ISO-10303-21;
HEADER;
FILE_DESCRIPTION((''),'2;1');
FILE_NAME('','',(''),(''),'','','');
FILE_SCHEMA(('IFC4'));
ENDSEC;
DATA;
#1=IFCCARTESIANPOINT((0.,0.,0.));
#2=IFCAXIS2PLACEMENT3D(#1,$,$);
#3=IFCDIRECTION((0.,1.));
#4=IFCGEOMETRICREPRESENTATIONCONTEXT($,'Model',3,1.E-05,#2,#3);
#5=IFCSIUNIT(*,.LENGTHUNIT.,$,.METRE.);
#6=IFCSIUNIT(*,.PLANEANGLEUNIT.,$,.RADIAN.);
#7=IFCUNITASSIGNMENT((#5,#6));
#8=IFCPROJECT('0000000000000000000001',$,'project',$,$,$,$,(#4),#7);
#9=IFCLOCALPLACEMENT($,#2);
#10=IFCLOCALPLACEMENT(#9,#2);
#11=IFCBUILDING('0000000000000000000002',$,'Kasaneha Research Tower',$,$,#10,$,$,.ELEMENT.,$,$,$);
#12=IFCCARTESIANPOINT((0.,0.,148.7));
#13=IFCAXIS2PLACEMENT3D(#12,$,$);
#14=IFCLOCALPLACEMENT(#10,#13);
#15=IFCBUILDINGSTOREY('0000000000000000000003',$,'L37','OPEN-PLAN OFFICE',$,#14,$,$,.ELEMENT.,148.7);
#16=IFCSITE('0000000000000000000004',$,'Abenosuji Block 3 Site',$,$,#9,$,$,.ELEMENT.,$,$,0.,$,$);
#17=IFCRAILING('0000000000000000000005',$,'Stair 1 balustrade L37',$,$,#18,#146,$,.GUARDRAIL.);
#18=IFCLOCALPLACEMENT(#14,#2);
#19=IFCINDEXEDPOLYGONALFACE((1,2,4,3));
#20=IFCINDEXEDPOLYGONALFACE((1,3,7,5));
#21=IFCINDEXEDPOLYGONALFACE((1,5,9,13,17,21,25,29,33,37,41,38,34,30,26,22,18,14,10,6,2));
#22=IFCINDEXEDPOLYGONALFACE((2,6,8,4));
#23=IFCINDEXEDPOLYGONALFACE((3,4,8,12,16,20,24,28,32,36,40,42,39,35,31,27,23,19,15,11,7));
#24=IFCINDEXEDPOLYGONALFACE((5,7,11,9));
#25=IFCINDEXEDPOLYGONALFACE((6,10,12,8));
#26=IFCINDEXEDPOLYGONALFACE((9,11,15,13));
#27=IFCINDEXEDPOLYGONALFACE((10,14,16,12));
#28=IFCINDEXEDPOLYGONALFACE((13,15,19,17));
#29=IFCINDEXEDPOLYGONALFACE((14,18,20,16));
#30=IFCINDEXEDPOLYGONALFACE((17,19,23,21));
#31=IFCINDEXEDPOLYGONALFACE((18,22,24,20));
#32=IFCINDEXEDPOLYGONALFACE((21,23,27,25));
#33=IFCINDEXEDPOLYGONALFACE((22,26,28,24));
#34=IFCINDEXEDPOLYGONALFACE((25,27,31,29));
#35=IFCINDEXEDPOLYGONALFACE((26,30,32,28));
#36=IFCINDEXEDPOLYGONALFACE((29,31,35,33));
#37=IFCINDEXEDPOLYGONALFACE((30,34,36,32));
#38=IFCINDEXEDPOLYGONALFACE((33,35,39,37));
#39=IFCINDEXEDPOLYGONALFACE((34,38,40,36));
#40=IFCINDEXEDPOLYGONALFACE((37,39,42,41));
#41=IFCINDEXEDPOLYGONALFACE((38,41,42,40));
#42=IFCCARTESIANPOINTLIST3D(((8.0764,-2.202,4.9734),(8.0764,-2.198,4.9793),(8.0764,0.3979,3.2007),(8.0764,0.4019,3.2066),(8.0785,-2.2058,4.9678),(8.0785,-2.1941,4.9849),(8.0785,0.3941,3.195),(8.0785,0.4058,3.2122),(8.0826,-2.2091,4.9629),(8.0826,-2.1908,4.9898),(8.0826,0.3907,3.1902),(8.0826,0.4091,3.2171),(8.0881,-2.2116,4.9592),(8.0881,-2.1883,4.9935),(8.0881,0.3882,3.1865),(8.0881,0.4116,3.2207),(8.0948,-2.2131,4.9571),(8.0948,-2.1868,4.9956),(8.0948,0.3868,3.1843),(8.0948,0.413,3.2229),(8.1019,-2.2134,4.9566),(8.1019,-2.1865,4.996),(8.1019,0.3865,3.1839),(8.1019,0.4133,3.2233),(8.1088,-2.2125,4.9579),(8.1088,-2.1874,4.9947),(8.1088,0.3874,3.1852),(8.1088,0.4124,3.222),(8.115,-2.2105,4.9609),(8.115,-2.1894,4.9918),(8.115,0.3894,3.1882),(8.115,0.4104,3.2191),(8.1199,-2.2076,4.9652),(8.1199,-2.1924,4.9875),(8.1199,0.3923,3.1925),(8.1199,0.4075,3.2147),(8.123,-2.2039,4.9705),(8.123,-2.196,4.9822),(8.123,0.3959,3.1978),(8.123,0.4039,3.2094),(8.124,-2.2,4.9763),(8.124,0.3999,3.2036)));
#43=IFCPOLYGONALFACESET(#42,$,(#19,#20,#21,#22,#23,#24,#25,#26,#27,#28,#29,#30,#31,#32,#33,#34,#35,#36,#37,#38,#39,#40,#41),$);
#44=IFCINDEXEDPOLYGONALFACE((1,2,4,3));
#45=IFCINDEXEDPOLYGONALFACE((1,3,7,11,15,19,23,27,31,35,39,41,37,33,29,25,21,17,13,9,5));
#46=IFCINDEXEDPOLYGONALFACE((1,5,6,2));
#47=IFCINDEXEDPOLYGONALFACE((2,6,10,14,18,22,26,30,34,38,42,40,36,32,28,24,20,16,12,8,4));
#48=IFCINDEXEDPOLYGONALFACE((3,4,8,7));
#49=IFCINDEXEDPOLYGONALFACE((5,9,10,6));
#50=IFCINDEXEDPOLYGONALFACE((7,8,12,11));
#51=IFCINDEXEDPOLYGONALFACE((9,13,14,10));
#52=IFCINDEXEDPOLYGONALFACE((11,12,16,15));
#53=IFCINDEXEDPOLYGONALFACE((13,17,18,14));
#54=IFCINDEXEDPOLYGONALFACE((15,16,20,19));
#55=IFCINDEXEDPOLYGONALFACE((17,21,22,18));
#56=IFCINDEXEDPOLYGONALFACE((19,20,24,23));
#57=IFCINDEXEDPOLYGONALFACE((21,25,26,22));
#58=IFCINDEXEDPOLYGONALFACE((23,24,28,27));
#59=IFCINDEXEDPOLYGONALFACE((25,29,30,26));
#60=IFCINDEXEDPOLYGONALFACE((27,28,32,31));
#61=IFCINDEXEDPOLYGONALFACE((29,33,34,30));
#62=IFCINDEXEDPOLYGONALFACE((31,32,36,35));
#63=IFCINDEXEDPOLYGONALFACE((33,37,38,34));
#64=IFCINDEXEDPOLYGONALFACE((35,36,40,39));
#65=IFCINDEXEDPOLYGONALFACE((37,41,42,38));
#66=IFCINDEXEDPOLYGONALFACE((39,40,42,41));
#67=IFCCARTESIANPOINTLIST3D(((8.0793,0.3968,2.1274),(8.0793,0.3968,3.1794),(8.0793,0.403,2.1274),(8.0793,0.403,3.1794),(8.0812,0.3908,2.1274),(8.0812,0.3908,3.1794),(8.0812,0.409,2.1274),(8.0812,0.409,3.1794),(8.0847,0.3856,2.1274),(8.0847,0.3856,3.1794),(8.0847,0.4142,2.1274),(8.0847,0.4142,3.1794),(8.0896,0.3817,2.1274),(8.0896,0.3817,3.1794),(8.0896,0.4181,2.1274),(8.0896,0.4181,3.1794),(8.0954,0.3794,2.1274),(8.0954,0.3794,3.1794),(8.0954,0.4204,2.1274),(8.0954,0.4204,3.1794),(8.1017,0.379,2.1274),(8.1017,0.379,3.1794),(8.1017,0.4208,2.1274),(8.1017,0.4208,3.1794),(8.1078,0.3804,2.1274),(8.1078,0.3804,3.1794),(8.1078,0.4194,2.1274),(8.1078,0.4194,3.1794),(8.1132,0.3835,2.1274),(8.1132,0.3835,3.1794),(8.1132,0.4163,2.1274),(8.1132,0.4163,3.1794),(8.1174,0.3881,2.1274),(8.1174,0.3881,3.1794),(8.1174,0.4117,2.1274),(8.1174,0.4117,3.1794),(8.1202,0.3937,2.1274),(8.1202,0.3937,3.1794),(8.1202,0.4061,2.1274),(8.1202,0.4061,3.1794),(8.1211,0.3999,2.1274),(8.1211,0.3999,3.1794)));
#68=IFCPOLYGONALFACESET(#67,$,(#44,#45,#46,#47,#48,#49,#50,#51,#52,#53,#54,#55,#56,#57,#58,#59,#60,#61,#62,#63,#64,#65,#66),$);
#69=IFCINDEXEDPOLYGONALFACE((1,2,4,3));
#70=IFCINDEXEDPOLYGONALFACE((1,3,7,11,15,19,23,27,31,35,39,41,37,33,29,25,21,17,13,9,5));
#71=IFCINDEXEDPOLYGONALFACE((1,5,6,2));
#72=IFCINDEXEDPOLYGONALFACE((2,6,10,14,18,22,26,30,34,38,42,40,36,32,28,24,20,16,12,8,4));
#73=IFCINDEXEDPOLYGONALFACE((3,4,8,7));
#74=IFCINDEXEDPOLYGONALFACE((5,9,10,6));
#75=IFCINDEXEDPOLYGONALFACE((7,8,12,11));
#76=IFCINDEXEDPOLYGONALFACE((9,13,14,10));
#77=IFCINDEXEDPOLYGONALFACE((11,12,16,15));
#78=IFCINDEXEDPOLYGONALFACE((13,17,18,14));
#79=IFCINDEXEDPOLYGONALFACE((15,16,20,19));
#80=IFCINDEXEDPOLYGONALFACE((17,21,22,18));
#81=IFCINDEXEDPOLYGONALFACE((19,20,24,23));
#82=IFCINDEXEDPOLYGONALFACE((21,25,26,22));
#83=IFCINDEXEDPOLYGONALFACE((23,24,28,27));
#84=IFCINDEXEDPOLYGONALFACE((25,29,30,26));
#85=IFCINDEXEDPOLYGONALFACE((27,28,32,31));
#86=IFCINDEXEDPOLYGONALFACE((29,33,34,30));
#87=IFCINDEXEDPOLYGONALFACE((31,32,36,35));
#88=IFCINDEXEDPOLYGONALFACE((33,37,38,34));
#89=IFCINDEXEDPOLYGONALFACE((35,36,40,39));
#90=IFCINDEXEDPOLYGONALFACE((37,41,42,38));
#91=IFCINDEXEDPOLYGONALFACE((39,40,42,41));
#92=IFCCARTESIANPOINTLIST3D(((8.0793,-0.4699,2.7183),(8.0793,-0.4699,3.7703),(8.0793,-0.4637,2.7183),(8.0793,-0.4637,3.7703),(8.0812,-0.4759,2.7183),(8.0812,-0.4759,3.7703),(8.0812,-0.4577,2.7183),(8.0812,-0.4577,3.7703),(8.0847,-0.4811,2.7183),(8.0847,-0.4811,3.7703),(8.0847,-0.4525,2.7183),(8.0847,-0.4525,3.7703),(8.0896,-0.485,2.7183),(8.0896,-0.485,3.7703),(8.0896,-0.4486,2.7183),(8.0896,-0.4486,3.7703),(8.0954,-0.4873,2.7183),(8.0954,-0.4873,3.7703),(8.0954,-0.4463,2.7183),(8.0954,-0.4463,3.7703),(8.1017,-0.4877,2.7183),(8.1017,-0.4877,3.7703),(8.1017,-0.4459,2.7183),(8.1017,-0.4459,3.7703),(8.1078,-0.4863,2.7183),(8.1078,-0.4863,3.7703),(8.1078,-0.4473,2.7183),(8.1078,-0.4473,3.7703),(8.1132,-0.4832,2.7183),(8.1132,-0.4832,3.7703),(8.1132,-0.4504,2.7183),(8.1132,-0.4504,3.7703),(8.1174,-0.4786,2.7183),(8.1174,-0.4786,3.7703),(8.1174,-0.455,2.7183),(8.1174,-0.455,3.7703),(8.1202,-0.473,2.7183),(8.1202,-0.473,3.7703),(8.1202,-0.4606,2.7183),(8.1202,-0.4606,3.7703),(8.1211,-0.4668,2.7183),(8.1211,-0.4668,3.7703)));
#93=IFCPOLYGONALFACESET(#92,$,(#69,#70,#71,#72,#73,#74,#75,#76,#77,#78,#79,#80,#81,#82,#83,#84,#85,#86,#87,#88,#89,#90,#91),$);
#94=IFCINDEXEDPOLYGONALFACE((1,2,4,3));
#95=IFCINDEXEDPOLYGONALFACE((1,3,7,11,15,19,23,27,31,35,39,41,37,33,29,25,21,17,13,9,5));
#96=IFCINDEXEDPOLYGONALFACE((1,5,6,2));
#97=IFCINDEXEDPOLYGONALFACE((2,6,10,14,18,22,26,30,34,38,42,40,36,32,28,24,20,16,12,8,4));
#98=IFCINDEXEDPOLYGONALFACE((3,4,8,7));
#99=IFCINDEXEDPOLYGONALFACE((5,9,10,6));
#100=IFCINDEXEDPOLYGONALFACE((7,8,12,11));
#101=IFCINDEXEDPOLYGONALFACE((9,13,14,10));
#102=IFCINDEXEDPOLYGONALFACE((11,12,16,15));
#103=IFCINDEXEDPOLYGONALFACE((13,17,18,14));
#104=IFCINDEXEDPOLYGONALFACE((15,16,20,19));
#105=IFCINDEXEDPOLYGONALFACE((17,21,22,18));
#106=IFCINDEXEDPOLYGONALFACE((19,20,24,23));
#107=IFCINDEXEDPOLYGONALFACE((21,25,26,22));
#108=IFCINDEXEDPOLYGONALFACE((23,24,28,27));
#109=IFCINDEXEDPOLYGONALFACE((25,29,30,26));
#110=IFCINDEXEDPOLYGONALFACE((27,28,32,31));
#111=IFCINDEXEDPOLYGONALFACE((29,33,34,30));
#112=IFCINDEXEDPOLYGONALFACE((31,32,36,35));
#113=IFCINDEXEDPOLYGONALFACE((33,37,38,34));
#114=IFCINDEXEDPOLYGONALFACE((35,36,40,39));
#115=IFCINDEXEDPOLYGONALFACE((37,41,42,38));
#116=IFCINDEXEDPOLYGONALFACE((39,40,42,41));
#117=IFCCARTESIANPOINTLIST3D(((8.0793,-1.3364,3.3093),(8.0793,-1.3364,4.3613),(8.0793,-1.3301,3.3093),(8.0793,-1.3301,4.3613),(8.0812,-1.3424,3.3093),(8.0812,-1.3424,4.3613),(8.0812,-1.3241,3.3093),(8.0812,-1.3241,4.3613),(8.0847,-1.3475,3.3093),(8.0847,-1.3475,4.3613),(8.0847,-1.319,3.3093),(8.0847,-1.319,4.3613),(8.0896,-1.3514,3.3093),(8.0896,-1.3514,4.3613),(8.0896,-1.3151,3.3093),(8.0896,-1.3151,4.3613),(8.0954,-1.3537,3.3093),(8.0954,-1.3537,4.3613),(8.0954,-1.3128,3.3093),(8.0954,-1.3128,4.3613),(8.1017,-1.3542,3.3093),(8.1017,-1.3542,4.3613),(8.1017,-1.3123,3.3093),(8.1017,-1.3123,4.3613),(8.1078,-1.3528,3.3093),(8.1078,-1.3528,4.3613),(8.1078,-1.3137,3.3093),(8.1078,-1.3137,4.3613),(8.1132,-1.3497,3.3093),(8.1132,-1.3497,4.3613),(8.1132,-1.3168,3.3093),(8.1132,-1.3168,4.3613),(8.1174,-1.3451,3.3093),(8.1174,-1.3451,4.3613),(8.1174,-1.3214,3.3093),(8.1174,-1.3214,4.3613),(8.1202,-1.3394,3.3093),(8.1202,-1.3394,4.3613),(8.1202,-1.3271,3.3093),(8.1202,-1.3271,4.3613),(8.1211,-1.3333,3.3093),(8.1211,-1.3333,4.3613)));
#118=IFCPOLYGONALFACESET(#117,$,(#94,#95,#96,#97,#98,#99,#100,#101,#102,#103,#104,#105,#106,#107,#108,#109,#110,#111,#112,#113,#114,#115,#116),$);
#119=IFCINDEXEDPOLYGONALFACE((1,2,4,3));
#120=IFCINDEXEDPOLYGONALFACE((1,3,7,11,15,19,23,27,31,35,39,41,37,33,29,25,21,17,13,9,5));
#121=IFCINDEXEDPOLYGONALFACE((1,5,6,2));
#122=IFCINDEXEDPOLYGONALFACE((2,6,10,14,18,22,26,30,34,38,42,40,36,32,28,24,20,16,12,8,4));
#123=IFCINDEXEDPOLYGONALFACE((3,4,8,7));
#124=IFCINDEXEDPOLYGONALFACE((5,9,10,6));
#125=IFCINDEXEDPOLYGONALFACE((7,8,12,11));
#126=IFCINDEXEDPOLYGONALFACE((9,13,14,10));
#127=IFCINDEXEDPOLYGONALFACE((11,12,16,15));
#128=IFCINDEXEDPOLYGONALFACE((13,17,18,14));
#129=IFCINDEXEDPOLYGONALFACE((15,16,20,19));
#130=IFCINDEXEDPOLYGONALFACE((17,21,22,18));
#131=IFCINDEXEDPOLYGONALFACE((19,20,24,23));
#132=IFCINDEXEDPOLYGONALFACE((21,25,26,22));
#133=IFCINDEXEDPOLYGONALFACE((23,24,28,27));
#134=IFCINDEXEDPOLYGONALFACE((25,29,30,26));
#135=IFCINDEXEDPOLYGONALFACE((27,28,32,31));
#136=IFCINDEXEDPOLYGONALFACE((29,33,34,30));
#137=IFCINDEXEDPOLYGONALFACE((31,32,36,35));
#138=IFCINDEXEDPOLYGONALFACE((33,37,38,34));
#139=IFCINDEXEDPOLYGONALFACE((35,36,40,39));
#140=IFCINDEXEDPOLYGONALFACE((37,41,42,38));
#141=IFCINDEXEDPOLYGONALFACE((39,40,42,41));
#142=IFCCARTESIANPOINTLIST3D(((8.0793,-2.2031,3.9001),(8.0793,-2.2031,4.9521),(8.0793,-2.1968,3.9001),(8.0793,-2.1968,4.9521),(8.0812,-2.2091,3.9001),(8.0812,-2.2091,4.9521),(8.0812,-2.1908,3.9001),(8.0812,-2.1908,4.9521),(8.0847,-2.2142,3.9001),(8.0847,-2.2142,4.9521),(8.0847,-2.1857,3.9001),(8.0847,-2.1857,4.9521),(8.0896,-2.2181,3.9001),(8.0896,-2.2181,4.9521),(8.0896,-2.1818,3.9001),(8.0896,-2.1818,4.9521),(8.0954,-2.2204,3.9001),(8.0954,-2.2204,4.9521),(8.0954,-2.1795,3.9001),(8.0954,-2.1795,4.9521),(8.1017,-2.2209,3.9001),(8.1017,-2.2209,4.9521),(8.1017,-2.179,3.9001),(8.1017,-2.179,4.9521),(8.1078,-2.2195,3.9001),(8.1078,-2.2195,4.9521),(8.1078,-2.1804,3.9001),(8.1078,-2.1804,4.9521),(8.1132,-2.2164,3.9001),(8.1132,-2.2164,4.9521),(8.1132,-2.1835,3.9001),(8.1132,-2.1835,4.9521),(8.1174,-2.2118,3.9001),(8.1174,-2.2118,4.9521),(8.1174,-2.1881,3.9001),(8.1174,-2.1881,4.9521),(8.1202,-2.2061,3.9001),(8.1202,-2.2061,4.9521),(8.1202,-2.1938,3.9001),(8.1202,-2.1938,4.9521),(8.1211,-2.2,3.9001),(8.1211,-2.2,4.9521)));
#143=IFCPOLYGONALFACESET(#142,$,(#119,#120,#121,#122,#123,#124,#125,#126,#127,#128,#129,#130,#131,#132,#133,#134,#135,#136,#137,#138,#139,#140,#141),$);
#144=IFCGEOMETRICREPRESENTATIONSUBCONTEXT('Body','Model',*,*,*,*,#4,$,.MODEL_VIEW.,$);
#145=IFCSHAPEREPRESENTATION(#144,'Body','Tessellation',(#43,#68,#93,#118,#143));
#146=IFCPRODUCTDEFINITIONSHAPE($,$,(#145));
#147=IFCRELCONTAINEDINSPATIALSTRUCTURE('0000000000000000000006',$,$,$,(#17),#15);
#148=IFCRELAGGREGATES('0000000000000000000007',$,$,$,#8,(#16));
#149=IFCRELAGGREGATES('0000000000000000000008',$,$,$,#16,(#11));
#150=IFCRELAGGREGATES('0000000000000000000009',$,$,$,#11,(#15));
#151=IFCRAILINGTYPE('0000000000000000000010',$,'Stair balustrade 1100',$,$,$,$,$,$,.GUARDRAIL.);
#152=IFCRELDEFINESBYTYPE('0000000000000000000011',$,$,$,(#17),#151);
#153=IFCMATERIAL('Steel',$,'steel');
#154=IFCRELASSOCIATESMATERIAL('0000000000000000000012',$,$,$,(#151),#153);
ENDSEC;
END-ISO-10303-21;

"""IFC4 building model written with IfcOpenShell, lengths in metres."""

from ifc_helpers import new_model, si_unit, direction, frame, origin, origin_2d, place, context, subcontext, project, spatial, circle, extrude, material, type_object, element, save


model = new_model("IFC4")

# Units and contexts
model_context = context("Model", 3, precision=1e-05, world=origin(), true_north=direction((0.0, 1.0)))
body_context = subcontext(model_context, "Body", "Model", "MODEL_VIEW")
ifc_project = project(units=[si_unit("LENGTHUNIT", "METRE"), si_unit("PLANEANGLEUNIT", "RADIAN")], contexts=[model_context])

# Site, building, storey
site_placement = place(None, origin())
site = spatial("IfcSite", under=ifc_project, at=site_placement, Name="Abenosuji Block 3 Site", CompositionType="ELEMENT", RefElevation=0.0)
building_placement = place(site_placement, origin())
building = spatial("IfcBuilding", under=site, at=building_placement, Name="Kasaneha Research Tower", CompositionType="ELEMENT")
storey_placement = place(building_placement, frame((0.0, 0.0, 148.7)))
storey = spatial("IfcBuildingStorey", under=building, at=storey_placement, Name="L37", Description="OPEN-PLAN OFFICE", CompositionType="ELEMENT", Elevation=148.7)

# Railing
ifc_material_1 = material(Name="Steel", Category="steel")
railing_type_1 = type_object("IfcRailingType", Name="Stair balustrade 1100", PredefinedType="GUARDRAIL", material=ifc_material_1)
railing_1_placement = place(storey_placement, frame((8.1001, 0.3999, 2.1274)))
element("IfcRailing", 1, at=railing_1_placement, inside=storey, type_object=railing_type_1, Name="Stair 1 balustrade L37", PredefinedType="GUARDRAIL", context=body_context, shape_type="SweptSolid", body=[
    extrude(circle(Radius=0.0239, at=origin_2d()), frame((0.0, 0.0, 1.0762), z_axis=(0.0, -0.826216, 0.563354), x_axis=(1.0, 0.0, 0.0)), (0.0, 0.0, 1.0), 3.1467),
    extrude(circle(Radius=0.021, at=origin_2d()), origin(), (0.0, 0.0, 1.0), 1.052),
    extrude(circle(Radius=0.021, at=origin_2d()), frame((0.0, -0.8667, 0.5908)), (0.0, 0.0, 1.0), 1.052),
    extrude(circle(Radius=0.021, at=origin_2d()), frame((0.0, -1.7332, 1.1819)), (0.0, 0.0, 1.0), 1.052),
    extrude(circle(Radius=0.021, at=origin_2d()), frame((0.0, -2.5999, 1.7727)), (0.0, 0.0, 1.0), 1.052),
])

save(model, "model.ifc")
